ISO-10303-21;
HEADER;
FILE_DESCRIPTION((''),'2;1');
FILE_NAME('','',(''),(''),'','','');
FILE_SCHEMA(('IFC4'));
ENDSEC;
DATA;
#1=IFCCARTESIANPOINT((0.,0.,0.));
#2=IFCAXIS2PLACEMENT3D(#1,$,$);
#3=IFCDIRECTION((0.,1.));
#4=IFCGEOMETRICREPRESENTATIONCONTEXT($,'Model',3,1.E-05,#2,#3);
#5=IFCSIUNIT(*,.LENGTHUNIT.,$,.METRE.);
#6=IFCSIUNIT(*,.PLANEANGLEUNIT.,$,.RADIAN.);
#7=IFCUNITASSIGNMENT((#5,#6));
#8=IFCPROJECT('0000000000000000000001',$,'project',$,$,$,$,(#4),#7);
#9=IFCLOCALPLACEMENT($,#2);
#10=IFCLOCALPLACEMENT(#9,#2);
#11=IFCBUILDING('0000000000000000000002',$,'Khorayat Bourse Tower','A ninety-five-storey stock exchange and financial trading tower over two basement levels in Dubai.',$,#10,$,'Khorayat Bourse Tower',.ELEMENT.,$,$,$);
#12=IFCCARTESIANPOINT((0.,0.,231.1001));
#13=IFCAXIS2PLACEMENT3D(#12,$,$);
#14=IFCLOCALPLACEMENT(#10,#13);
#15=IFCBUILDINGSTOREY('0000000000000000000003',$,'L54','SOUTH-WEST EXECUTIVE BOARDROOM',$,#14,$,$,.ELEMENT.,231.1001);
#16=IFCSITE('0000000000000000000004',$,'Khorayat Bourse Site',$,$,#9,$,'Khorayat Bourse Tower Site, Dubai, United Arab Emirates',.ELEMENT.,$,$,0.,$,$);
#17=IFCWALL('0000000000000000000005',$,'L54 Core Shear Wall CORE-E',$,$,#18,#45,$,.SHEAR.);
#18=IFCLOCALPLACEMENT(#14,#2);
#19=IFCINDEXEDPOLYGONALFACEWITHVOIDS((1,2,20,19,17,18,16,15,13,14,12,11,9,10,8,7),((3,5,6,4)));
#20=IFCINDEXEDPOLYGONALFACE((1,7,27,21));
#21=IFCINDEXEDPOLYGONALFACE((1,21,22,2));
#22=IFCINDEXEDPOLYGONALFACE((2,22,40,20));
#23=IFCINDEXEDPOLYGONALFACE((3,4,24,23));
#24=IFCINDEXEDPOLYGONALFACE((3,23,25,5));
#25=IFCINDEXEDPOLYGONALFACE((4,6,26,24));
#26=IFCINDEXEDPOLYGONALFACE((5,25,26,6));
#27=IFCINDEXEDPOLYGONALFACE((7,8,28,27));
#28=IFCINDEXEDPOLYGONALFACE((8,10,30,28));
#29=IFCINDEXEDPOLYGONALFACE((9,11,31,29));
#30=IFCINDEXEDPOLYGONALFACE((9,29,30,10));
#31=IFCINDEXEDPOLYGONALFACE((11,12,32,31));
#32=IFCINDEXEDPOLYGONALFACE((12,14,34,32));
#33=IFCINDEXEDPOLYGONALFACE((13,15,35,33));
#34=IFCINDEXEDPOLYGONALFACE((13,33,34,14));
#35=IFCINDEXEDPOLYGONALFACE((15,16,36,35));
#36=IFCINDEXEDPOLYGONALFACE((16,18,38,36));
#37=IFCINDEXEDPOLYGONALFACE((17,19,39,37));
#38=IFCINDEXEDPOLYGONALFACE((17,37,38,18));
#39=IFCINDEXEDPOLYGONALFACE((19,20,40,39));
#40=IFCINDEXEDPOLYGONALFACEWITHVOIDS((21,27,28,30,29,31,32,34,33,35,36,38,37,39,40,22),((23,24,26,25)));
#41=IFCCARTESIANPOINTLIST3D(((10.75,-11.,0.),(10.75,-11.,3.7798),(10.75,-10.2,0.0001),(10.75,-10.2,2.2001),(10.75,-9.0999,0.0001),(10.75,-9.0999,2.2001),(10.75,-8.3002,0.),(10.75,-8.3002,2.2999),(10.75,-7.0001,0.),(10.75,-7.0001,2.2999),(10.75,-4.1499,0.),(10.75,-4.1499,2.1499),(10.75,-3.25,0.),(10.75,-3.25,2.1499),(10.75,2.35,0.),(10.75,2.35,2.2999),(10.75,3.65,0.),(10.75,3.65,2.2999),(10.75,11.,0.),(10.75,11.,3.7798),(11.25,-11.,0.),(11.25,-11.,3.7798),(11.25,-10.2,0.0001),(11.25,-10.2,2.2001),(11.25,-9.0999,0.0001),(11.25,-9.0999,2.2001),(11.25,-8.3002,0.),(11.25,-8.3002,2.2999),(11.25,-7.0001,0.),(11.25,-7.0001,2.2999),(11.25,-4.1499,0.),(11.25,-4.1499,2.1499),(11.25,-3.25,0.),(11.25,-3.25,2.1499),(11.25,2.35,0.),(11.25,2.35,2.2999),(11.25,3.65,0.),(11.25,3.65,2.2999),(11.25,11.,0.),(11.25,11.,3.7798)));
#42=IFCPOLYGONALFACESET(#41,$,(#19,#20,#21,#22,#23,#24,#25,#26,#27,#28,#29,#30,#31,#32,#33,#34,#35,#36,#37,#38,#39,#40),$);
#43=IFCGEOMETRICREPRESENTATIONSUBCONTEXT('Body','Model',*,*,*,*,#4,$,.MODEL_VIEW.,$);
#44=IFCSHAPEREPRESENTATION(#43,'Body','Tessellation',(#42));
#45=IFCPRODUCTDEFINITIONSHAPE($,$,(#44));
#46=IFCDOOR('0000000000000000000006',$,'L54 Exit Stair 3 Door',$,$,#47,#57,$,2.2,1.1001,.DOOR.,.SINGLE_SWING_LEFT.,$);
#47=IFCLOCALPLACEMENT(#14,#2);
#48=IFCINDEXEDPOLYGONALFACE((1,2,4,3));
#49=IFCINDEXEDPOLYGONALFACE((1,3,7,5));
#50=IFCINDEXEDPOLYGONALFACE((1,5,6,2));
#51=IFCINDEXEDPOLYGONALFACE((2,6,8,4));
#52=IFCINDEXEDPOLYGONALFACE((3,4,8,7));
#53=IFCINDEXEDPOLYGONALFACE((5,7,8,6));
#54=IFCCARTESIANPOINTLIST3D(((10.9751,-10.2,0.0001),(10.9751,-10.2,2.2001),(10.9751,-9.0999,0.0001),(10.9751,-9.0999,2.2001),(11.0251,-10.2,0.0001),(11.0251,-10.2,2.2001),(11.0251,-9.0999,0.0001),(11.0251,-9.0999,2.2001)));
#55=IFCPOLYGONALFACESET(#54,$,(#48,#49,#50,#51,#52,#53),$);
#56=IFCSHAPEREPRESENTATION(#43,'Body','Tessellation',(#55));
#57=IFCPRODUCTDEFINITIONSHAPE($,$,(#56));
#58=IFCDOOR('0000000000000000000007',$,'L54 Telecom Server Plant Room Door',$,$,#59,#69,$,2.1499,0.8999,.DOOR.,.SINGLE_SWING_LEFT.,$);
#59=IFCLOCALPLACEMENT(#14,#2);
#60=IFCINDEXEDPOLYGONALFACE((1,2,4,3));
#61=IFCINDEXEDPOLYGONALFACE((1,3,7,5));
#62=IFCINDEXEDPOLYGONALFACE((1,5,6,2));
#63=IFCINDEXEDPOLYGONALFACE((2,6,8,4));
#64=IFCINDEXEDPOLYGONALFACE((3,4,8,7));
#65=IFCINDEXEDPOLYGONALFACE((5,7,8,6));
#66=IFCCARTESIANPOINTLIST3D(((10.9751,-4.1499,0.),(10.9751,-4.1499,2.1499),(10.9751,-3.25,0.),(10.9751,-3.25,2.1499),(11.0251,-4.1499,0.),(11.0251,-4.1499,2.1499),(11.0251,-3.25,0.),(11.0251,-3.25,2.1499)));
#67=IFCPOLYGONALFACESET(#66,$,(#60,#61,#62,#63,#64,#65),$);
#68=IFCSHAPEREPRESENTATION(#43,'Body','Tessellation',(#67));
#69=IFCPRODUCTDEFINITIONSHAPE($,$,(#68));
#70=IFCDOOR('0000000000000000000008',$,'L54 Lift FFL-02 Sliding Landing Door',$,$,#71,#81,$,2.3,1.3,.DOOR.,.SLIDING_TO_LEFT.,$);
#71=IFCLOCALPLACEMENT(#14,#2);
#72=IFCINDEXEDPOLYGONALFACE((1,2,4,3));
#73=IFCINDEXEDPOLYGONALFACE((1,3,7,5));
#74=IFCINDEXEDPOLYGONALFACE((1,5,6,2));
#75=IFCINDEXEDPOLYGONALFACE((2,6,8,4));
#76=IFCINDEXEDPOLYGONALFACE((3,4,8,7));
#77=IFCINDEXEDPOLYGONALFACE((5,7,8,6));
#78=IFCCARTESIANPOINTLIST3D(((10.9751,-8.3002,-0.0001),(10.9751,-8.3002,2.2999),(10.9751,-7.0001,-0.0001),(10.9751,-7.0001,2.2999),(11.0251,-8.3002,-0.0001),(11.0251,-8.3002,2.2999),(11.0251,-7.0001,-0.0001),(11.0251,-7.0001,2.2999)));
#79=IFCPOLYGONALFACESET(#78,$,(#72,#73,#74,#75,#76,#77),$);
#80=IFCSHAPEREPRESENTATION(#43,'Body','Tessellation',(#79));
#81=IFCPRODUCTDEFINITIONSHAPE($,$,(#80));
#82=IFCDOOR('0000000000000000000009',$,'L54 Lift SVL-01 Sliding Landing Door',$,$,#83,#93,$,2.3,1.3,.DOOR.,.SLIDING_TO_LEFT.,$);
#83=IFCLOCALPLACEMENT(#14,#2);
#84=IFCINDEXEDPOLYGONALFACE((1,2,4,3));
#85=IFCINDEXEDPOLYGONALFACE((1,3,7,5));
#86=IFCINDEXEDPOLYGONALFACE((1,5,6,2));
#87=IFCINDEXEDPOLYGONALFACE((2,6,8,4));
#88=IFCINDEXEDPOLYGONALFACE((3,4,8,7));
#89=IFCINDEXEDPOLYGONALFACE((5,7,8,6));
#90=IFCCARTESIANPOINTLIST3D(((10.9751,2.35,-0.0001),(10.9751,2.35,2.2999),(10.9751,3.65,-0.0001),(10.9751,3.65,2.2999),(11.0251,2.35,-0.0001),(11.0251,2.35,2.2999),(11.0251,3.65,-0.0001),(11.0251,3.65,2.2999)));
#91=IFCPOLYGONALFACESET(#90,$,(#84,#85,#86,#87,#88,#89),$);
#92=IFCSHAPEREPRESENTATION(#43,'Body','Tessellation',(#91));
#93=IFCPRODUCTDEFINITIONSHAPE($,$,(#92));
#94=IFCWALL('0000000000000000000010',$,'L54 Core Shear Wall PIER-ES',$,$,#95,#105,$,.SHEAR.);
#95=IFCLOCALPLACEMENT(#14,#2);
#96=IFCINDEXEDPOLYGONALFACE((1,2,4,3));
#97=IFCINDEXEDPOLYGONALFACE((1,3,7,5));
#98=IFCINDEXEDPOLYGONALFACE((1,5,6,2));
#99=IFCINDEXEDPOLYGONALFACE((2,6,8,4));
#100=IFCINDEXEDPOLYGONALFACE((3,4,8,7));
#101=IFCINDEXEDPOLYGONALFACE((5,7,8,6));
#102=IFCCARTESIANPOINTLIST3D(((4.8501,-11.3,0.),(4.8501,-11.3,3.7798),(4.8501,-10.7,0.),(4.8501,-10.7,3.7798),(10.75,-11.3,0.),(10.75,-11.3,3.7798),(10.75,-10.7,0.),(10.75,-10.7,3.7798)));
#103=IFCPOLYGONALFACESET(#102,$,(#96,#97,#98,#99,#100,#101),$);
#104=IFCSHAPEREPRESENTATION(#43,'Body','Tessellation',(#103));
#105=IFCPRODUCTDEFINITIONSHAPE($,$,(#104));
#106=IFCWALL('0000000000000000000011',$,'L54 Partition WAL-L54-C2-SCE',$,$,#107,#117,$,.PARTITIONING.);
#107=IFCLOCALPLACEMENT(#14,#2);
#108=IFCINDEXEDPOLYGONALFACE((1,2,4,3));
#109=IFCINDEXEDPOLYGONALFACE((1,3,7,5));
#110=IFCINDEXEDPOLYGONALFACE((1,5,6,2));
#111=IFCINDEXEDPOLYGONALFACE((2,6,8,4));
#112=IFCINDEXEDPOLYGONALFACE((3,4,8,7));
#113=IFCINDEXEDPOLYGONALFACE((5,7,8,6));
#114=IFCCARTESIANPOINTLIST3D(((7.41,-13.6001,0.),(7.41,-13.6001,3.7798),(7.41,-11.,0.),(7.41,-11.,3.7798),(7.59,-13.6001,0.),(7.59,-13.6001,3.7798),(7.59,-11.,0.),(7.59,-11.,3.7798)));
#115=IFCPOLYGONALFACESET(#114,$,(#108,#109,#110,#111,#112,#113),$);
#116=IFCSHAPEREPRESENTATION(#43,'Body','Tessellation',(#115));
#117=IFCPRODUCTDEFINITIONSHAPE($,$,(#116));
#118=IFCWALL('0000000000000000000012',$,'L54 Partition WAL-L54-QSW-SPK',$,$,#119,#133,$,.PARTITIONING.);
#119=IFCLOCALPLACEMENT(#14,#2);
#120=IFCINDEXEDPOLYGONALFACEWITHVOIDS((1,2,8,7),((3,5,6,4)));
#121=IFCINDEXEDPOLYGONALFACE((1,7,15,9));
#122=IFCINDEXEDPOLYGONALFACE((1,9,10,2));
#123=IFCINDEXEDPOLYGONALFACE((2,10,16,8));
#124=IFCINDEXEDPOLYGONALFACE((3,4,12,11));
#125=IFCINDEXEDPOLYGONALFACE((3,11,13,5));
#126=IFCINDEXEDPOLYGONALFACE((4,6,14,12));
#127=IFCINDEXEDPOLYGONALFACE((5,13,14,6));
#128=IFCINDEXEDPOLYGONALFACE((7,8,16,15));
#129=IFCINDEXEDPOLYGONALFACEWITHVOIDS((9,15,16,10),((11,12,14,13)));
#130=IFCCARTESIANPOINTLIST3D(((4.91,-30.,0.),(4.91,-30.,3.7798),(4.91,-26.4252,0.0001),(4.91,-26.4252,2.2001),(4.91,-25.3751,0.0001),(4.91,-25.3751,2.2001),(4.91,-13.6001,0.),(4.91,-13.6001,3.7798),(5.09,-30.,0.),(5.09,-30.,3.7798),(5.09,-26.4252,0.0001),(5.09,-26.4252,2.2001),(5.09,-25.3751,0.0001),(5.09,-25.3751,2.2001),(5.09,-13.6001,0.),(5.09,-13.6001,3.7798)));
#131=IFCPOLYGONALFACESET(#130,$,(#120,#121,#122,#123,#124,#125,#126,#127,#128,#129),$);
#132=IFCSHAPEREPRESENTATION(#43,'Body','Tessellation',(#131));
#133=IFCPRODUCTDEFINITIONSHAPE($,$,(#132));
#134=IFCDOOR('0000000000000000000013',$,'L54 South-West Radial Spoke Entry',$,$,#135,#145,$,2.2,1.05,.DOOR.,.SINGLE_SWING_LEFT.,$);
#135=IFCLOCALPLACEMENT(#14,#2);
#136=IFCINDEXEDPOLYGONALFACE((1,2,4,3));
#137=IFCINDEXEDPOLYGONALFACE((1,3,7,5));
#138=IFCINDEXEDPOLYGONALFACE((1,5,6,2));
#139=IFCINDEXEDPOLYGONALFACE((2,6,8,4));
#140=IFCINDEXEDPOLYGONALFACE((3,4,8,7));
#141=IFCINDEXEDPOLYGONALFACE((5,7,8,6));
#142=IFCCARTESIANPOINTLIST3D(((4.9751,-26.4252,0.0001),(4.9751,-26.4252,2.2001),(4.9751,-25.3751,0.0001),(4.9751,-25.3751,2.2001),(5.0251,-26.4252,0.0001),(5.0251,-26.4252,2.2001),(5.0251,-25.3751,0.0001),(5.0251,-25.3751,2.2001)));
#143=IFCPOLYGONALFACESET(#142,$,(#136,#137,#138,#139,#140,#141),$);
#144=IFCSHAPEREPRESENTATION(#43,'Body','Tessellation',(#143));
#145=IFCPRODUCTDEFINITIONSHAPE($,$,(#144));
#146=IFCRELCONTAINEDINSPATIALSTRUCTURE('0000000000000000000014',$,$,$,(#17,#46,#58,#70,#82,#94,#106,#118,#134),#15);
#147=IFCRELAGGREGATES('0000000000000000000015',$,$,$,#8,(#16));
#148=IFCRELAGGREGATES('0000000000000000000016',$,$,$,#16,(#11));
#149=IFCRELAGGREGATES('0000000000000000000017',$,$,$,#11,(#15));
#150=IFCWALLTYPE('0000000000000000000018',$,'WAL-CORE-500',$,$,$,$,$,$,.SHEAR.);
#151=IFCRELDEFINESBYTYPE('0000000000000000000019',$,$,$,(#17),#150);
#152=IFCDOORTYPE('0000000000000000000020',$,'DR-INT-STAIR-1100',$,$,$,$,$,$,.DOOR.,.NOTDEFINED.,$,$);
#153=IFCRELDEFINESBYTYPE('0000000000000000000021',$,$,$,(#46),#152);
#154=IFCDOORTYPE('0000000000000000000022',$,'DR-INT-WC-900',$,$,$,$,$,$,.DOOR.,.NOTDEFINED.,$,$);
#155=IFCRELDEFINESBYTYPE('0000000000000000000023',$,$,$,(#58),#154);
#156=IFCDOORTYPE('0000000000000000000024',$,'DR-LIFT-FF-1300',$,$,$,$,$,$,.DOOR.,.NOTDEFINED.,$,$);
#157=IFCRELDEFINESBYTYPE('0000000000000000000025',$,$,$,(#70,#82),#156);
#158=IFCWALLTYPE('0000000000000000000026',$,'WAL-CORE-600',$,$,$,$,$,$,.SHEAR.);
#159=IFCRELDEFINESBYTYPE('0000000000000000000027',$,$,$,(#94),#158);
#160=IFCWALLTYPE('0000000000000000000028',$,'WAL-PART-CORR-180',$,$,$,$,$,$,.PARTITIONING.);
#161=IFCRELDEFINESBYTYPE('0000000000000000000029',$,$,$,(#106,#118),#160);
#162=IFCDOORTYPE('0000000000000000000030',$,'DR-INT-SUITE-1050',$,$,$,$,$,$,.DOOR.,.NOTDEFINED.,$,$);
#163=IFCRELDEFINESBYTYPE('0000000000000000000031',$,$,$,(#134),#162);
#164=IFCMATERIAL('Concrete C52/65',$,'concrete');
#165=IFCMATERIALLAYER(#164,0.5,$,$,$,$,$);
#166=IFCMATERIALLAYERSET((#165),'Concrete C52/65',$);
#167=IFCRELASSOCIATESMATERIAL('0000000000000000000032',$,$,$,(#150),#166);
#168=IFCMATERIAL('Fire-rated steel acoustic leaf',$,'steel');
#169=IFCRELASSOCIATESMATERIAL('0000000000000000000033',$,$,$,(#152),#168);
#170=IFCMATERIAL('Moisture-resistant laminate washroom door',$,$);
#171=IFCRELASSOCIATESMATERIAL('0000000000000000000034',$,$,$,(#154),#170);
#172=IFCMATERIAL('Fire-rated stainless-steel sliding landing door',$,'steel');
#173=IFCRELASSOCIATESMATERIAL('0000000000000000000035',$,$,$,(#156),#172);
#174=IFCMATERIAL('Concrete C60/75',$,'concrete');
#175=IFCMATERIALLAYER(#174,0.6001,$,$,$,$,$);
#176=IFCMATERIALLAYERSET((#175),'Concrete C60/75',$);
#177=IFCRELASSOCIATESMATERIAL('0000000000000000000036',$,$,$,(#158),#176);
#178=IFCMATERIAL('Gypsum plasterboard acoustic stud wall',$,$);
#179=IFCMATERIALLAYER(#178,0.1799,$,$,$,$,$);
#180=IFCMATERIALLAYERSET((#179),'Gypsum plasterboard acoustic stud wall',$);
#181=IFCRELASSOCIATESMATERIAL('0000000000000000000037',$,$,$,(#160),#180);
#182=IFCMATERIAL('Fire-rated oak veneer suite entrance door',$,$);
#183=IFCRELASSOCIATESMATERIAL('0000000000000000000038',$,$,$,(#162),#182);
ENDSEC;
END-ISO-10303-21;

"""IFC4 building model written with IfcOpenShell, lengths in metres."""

from ifc_helpers import new_model, si_unit, direction, frame, frame_2d, origin, place, context, subcontext, project, spatial, rectangle, extrude, source, transform, mapped, material, layer, layer_set, type_object, element, fill, save


model = new_model("IFC4")

# Units and contexts
model_context = context("Model", 3, precision=1e-05, world=origin(), true_north=direction((0.0, 1.0)))
body_context = subcontext(model_context, "Body", "Model", "MODEL_VIEW")
ifc_project = project(units=[si_unit("LENGTHUNIT", "METRE"), si_unit("PLANEANGLEUNIT", "RADIAN")], contexts=[model_context])

# Site, building, storey
site_placement = place(None, origin())
site = spatial("IfcSite", under=ifc_project, at=site_placement, Name="Khorayat Bourse Site", LongName="Khorayat Bourse Tower Site, Dubai, United Arab Emirates", CompositionType="ELEMENT", RefElevation=0.0)
building_placement = place(site_placement, origin())
building = spatial("IfcBuilding", under=site, at=building_placement, Name="Khorayat Bourse Tower", Description="A ninety-five-storey stock exchange and financial trading tower over two basement levels in Dubai.", LongName="Khorayat Bourse Tower", CompositionType="ELEMENT")
storey_placement = place(building_placement, frame((0.0, 0.0, 231.1001)))
storey = spatial("IfcBuildingStorey", under=building, at=storey_placement, Name="L54", Description="SOUTH-WEST EXECUTIVE BOARDROOM", CompositionType="ELEMENT", Elevation=231.1001)

# Shared definitions
ifc_material_1 = material(Name="Concrete C60/75", Category="concrete")

# Wall, openings, doors
ifc_material_2 = material(Name="Concrete C52/65", Category="concrete")
ifc_layer_1 = layer(ifc_material_2, 0.5)
ifc_layer_set_1 = layer_set([ifc_layer_1], Name="Concrete C52/65")
wall_type_1 = type_object("IfcWallType", Name="WAL-CORE-500", PredefinedType="SHEAR", material=ifc_layer_set_1)
shared_shape_1 = source(origin(), body_context, "Body", "SweptSolid", [
    extrude(rectangle(XDim=22.0, YDim=0.5, at=frame_2d((11.0, 0.0))), origin(), (0.0, 0.0, 1.0), 3.7798),
])
wall_1_placement = place(storey_placement, frame((11.0, -11.0, 0.0), z_axis=(0.0, 0.0, 1.0), x_axis=(0.0, 1.0, 0.0)))
wall_1 = element("IfcWall", 1, at=wall_1_placement, inside=storey, type_object=wall_type_1, Name="L54 Core Shear Wall CORE-E", PredefinedType="SHEAR", context=body_context, shape_type="MappedRepresentation", body=[
    mapped(shared_shape_1, transform((0.0, 0.0, 0.0), scale=1.0)),
])
shared_shape_2 = source(origin(), body_context, "Body", "SweptSolid", [
    extrude(rectangle(XDim=1.1001, YDim=2.2, at=frame_2d((0.55, 1.1001))), frame((0.0, 0.26, 0.0), z_axis=(0.0, -1.0, 0.0), x_axis=(1.0, 0.0, 0.0)), (0.0, 0.0, 1.0), 0.52),
])
opening_1_placement = place(wall_1_placement, frame((0.8, 0.0, 0.0)))
opening_1 = element("IfcOpeningElement", 2, at=opening_1_placement, cuts=wall_1, PredefinedType="OPENING", context=body_context, shape_type="MappedRepresentation", body=[
    mapped(shared_shape_2, transform((0.0, 0.0, 0.0), scale=1.0)),
])
shared_shape_3 = source(origin(), body_context, "Body", "SweptSolid", [
    extrude(rectangle(XDim=0.8999, YDim=2.1499, at=frame_2d((0.45, 1.075))), frame((0.0, 0.26, 0.0), z_axis=(0.0, -1.0, 0.0), x_axis=(1.0, 0.0, 0.0)), (0.0, 0.0, 1.0), 0.52),
])
opening_2_placement = place(wall_1_placement, frame((6.8501, 0.0, 0.0)))
opening_2 = element("IfcOpeningElement", 3, at=opening_2_placement, cuts=wall_1, PredefinedType="OPENING", context=body_context, shape_type="MappedRepresentation", body=[
    mapped(shared_shape_3, transform((0.0, 0.0, 0.0), scale=1.0)),
])
shared_shape_4 = source(origin(), body_context, "Body", "SweptSolid", [
    extrude(rectangle(XDim=1.3, YDim=2.3, at=frame_2d((0.6499, 1.1499))), frame((0.0, 0.26, 0.0), z_axis=(0.0, -1.0, 0.0), x_axis=(1.0, 0.0, 0.0)), (0.0, 0.0, 1.0), 0.52),
])
opening_3_placement = place(wall_1_placement, frame((2.7, 0.0, 0.0)))
opening_3 = element("IfcOpeningElement", 4, at=opening_3_placement, cuts=wall_1, PredefinedType="OPENING", context=body_context, shape_type="MappedRepresentation", body=[
    mapped(shared_shape_4, transform((0.0, 0.0, 0.0), scale=1.0)),
])
opening_4_placement = place(wall_1_placement, frame((13.3501, 0.0, 0.0)))
opening_4 = element("IfcOpeningElement", 5, at=opening_4_placement, cuts=wall_1, PredefinedType="OPENING", context=body_context, shape_type="MappedRepresentation", body=[
    mapped(shared_shape_4, transform((0.0, 0.0, 0.0), scale=1.0)),
])
ifc_material_3 = material(Name="Fire-rated steel acoustic leaf", Category="steel")
door_type_1 = type_object("IfcDoorType", Name="DR-INT-STAIR-1100", OperationType="NOTDEFINED", PredefinedType="DOOR", material=ifc_material_3)
shared_shape_5 = source(origin(), body_context, "Body", "SweptSolid", [
    extrude(rectangle(XDim=1.1001, YDim=2.2, at=frame_2d((0.55, 1.1001))), frame((0.0, 0.0249, 0.0), z_axis=(0.0, -1.0, 0.0), x_axis=(1.0, 0.0, 0.0)), (0.0, 0.0, 1.0), 0.05),
])
door_1_placement = place(opening_1_placement, origin())
door_1 = element("IfcDoor", 6, at=door_1_placement, inside=storey, type_object=door_type_1, Name="L54 Exit Stair 3 Door", OperationType="SINGLE_SWING_LEFT", OverallHeight=2.2, OverallWidth=1.1001, PredefinedType="DOOR", context=body_context, shape_type="MappedRepresentation", body=[
    mapped(shared_shape_5, transform((0.0, 0.0, 0.0), scale=1.0)),
])
fill(opening_1, door_1)
ifc_material_4 = material(Name="Moisture-resistant laminate washroom door")
door_type_2 = type_object("IfcDoorType", Name="DR-INT-WC-900", OperationType="NOTDEFINED", PredefinedType="DOOR", material=ifc_material_4)
shared_shape_6 = source(origin(), body_context, "Body", "SweptSolid", [
    extrude(rectangle(XDim=0.8999, YDim=2.1499, at=frame_2d((0.45, 1.075))), frame((0.0, 0.0249, 0.0), z_axis=(0.0, -1.0, 0.0), x_axis=(1.0, 0.0, 0.0)), (0.0, 0.0, 1.0), 0.05),
])
door_2_placement = place(opening_2_placement, origin())
door_2 = element("IfcDoor", 7, at=door_2_placement, inside=storey, type_object=door_type_2, Name="L54 Telecom Server Plant Room Door", OperationType="SINGLE_SWING_LEFT", OverallHeight=2.1499, OverallWidth=0.8999, PredefinedType="DOOR", context=body_context, shape_type="MappedRepresentation", body=[
    mapped(shared_shape_6, transform((0.0, 0.0, 0.0), scale=1.0)),
])
fill(opening_2, door_2)
ifc_material_5 = material(Name="Fire-rated stainless-steel sliding landing door", Category="steel")
door_type_3 = type_object("IfcDoorType", Name="DR-LIFT-FF-1300", OperationType="NOTDEFINED", PredefinedType="DOOR", material=ifc_material_5)
shared_shape_7 = source(origin(), body_context, "Body", "SweptSolid", [
    extrude(rectangle(XDim=1.3, YDim=2.3, at=frame_2d((0.6499, 1.1499))), frame((0.0, 0.0249, 0.0), z_axis=(0.0, -1.0, 0.0), x_axis=(1.0, 0.0, 0.0)), (0.0, 0.0, 1.0), 0.05),
])
door_3_placement = place(opening_3_placement, origin())
door_3 = element("IfcDoor", 8, at=door_3_placement, inside=storey, type_object=door_type_3, Name="L54 Lift FFL-02 Sliding Landing Door", OperationType="SLIDING_TO_LEFT", OverallHeight=2.3, OverallWidth=1.3, PredefinedType="DOOR", context=body_context, shape_type="MappedRepresentation", body=[
    mapped(shared_shape_7, transform((0.0, 0.0, 0.0), scale=1.0)),
])
fill(opening_3, door_3)
door_4_placement = place(opening_4_placement, origin())
door_4 = element("IfcDoor", 9, at=door_4_placement, inside=storey, type_object=door_type_3, Name="L54 Lift SVL-01 Sliding Landing Door", OperationType="SLIDING_TO_LEFT", OverallHeight=2.3, OverallWidth=1.3, PredefinedType="DOOR", context=body_context, shape_type="MappedRepresentation", body=[
    mapped(shared_shape_7, transform((0.0, 0.0, 0.0), scale=1.0)),
])
fill(opening_4, door_4)

# Walls
ifc_layer_2 = layer(ifc_material_1, 0.6001)
ifc_layer_set_2 = layer_set([ifc_layer_2], Name="Concrete C60/75")
wall_type_2 = type_object("IfcWallType", Name="WAL-CORE-600", PredefinedType="SHEAR", material=ifc_layer_set_2)
shared_shape_8 = source(origin(), body_context, "Body", "SweptSolid", [
    extrude(rectangle(XDim=5.8999, YDim=0.6001, at=frame_2d((2.95, 0.0))), origin(), (0.0, 0.0, 1.0), 3.7798),
])
wall_2_placement = place(storey_placement, frame((4.8501, -11.0, 0.0), z_axis=(0.0, 0.0, 1.0), x_axis=(1.0, 0.0, 0.0)))
element("IfcWall", 10, at=wall_2_placement, inside=storey, type_object=wall_type_2, Name="L54 Core Shear Wall PIER-ES", PredefinedType="SHEAR", context=body_context, shape_type="MappedRepresentation", body=[
    mapped(shared_shape_8, transform((0.0, 0.0, 0.0), scale=1.0)),
])
ifc_material_6 = material(Name="Gypsum plasterboard acoustic stud wall")
ifc_layer_3 = layer(ifc_material_6, 0.1799)
ifc_layer_set_3 = layer_set([ifc_layer_3], Name="Gypsum plasterboard acoustic stud wall")
wall_type_3 = type_object("IfcWallType", Name="WAL-PART-CORR-180", PredefinedType="PARTITIONING", material=ifc_layer_set_3)
shared_shape_9 = source(origin(), body_context, "Body", "SweptSolid", [
    extrude(rectangle(XDim=2.6001, YDim=0.1799, at=frame_2d((1.3, 0.0))), origin(), (0.0, 0.0, 1.0), 3.7798),
])
wall_3_placement = place(storey_placement, frame((7.5, -13.6001, 0.0), z_axis=(0.0, 0.0, 1.0), x_axis=(0.0, 1.0, 0.0)))
element("IfcWall", 11, at=wall_3_placement, inside=storey, type_object=wall_type_3, Name="L54 Partition WAL-L54-C2-SCE", PredefinedType="PARTITIONING", context=body_context, shape_type="MappedRepresentation", body=[
    mapped(shared_shape_9, transform((0.0, 0.0, 0.0), scale=1.0)),
])

# Wall, opening, door
shared_shape_10 = source(origin(), body_context, "Body", "SweptSolid", [
    extrude(rectangle(XDim=16.3999, YDim=0.1799, at=frame_2d((8.2, 0.0))), origin(), (0.0, 0.0, 1.0), 3.7798),
])
wall_4_placement = place(storey_placement, frame((5.0, -30.0, 0.0), z_axis=(0.0, 0.0, 1.0), x_axis=(0.0, 1.0, 0.0)))
wall_4 = element("IfcWall", 12, at=wall_4_placement, inside=storey, type_object=wall_type_3, Name="L54 Partition WAL-L54-QSW-SPK", PredefinedType="PARTITIONING", context=body_context, shape_type="MappedRepresentation", body=[
    mapped(shared_shape_10, transform((0.0, 0.0, 0.0), scale=1.0)),
])
shared_shape_11 = source(origin(), body_context, "Body", "SweptSolid", [
    extrude(rectangle(XDim=1.05, YDim=2.2, at=frame_2d((0.5249, 1.1001))), frame((0.0, 0.0999, 0.0), z_axis=(0.0, -1.0, 0.0), x_axis=(1.0, 0.0, 0.0)), (0.0, 0.0, 1.0), 0.2),
])
opening_5_placement = place(wall_4_placement, frame((3.575, 0.0, 0.0)))
opening_5 = element("IfcOpeningElement", 13, at=opening_5_placement, cuts=wall_4, PredefinedType="OPENING", context=body_context, shape_type="MappedRepresentation", body=[
    mapped(shared_shape_11, transform((0.0, 0.0, 0.0), scale=1.0)),
])
ifc_material_7 = material(Name="Fire-rated oak veneer suite entrance door")
door_type_4 = type_object("IfcDoorType", Name="DR-INT-SUITE-1050", OperationType="NOTDEFINED", PredefinedType="DOOR", material=ifc_material_7)
shared_shape_12 = source(origin(), body_context, "Body", "SweptSolid", [
    extrude(rectangle(XDim=1.05, YDim=2.2, at=frame_2d((0.5249, 1.1001))), frame((0.0, 0.0249, 0.0), z_axis=(0.0, -1.0, 0.0), x_axis=(1.0, 0.0, 0.0)), (0.0, 0.0, 1.0), 0.05),
])
door_5_placement = place(opening_5_placement, origin())
door_5 = element("IfcDoor", 14, at=door_5_placement, inside=storey, type_object=door_type_4, Name="L54 South-West Radial Spoke Entry", OperationType="SINGLE_SWING_LEFT", OverallHeight=2.2, OverallWidth=1.05, PredefinedType="DOOR", context=body_context, shape_type="MappedRepresentation", body=[
    mapped(shared_shape_12, transform((0.0, 0.0, 0.0), scale=1.0)),
])
fill(opening_5, door_5)

save(model, "model.ifc")
